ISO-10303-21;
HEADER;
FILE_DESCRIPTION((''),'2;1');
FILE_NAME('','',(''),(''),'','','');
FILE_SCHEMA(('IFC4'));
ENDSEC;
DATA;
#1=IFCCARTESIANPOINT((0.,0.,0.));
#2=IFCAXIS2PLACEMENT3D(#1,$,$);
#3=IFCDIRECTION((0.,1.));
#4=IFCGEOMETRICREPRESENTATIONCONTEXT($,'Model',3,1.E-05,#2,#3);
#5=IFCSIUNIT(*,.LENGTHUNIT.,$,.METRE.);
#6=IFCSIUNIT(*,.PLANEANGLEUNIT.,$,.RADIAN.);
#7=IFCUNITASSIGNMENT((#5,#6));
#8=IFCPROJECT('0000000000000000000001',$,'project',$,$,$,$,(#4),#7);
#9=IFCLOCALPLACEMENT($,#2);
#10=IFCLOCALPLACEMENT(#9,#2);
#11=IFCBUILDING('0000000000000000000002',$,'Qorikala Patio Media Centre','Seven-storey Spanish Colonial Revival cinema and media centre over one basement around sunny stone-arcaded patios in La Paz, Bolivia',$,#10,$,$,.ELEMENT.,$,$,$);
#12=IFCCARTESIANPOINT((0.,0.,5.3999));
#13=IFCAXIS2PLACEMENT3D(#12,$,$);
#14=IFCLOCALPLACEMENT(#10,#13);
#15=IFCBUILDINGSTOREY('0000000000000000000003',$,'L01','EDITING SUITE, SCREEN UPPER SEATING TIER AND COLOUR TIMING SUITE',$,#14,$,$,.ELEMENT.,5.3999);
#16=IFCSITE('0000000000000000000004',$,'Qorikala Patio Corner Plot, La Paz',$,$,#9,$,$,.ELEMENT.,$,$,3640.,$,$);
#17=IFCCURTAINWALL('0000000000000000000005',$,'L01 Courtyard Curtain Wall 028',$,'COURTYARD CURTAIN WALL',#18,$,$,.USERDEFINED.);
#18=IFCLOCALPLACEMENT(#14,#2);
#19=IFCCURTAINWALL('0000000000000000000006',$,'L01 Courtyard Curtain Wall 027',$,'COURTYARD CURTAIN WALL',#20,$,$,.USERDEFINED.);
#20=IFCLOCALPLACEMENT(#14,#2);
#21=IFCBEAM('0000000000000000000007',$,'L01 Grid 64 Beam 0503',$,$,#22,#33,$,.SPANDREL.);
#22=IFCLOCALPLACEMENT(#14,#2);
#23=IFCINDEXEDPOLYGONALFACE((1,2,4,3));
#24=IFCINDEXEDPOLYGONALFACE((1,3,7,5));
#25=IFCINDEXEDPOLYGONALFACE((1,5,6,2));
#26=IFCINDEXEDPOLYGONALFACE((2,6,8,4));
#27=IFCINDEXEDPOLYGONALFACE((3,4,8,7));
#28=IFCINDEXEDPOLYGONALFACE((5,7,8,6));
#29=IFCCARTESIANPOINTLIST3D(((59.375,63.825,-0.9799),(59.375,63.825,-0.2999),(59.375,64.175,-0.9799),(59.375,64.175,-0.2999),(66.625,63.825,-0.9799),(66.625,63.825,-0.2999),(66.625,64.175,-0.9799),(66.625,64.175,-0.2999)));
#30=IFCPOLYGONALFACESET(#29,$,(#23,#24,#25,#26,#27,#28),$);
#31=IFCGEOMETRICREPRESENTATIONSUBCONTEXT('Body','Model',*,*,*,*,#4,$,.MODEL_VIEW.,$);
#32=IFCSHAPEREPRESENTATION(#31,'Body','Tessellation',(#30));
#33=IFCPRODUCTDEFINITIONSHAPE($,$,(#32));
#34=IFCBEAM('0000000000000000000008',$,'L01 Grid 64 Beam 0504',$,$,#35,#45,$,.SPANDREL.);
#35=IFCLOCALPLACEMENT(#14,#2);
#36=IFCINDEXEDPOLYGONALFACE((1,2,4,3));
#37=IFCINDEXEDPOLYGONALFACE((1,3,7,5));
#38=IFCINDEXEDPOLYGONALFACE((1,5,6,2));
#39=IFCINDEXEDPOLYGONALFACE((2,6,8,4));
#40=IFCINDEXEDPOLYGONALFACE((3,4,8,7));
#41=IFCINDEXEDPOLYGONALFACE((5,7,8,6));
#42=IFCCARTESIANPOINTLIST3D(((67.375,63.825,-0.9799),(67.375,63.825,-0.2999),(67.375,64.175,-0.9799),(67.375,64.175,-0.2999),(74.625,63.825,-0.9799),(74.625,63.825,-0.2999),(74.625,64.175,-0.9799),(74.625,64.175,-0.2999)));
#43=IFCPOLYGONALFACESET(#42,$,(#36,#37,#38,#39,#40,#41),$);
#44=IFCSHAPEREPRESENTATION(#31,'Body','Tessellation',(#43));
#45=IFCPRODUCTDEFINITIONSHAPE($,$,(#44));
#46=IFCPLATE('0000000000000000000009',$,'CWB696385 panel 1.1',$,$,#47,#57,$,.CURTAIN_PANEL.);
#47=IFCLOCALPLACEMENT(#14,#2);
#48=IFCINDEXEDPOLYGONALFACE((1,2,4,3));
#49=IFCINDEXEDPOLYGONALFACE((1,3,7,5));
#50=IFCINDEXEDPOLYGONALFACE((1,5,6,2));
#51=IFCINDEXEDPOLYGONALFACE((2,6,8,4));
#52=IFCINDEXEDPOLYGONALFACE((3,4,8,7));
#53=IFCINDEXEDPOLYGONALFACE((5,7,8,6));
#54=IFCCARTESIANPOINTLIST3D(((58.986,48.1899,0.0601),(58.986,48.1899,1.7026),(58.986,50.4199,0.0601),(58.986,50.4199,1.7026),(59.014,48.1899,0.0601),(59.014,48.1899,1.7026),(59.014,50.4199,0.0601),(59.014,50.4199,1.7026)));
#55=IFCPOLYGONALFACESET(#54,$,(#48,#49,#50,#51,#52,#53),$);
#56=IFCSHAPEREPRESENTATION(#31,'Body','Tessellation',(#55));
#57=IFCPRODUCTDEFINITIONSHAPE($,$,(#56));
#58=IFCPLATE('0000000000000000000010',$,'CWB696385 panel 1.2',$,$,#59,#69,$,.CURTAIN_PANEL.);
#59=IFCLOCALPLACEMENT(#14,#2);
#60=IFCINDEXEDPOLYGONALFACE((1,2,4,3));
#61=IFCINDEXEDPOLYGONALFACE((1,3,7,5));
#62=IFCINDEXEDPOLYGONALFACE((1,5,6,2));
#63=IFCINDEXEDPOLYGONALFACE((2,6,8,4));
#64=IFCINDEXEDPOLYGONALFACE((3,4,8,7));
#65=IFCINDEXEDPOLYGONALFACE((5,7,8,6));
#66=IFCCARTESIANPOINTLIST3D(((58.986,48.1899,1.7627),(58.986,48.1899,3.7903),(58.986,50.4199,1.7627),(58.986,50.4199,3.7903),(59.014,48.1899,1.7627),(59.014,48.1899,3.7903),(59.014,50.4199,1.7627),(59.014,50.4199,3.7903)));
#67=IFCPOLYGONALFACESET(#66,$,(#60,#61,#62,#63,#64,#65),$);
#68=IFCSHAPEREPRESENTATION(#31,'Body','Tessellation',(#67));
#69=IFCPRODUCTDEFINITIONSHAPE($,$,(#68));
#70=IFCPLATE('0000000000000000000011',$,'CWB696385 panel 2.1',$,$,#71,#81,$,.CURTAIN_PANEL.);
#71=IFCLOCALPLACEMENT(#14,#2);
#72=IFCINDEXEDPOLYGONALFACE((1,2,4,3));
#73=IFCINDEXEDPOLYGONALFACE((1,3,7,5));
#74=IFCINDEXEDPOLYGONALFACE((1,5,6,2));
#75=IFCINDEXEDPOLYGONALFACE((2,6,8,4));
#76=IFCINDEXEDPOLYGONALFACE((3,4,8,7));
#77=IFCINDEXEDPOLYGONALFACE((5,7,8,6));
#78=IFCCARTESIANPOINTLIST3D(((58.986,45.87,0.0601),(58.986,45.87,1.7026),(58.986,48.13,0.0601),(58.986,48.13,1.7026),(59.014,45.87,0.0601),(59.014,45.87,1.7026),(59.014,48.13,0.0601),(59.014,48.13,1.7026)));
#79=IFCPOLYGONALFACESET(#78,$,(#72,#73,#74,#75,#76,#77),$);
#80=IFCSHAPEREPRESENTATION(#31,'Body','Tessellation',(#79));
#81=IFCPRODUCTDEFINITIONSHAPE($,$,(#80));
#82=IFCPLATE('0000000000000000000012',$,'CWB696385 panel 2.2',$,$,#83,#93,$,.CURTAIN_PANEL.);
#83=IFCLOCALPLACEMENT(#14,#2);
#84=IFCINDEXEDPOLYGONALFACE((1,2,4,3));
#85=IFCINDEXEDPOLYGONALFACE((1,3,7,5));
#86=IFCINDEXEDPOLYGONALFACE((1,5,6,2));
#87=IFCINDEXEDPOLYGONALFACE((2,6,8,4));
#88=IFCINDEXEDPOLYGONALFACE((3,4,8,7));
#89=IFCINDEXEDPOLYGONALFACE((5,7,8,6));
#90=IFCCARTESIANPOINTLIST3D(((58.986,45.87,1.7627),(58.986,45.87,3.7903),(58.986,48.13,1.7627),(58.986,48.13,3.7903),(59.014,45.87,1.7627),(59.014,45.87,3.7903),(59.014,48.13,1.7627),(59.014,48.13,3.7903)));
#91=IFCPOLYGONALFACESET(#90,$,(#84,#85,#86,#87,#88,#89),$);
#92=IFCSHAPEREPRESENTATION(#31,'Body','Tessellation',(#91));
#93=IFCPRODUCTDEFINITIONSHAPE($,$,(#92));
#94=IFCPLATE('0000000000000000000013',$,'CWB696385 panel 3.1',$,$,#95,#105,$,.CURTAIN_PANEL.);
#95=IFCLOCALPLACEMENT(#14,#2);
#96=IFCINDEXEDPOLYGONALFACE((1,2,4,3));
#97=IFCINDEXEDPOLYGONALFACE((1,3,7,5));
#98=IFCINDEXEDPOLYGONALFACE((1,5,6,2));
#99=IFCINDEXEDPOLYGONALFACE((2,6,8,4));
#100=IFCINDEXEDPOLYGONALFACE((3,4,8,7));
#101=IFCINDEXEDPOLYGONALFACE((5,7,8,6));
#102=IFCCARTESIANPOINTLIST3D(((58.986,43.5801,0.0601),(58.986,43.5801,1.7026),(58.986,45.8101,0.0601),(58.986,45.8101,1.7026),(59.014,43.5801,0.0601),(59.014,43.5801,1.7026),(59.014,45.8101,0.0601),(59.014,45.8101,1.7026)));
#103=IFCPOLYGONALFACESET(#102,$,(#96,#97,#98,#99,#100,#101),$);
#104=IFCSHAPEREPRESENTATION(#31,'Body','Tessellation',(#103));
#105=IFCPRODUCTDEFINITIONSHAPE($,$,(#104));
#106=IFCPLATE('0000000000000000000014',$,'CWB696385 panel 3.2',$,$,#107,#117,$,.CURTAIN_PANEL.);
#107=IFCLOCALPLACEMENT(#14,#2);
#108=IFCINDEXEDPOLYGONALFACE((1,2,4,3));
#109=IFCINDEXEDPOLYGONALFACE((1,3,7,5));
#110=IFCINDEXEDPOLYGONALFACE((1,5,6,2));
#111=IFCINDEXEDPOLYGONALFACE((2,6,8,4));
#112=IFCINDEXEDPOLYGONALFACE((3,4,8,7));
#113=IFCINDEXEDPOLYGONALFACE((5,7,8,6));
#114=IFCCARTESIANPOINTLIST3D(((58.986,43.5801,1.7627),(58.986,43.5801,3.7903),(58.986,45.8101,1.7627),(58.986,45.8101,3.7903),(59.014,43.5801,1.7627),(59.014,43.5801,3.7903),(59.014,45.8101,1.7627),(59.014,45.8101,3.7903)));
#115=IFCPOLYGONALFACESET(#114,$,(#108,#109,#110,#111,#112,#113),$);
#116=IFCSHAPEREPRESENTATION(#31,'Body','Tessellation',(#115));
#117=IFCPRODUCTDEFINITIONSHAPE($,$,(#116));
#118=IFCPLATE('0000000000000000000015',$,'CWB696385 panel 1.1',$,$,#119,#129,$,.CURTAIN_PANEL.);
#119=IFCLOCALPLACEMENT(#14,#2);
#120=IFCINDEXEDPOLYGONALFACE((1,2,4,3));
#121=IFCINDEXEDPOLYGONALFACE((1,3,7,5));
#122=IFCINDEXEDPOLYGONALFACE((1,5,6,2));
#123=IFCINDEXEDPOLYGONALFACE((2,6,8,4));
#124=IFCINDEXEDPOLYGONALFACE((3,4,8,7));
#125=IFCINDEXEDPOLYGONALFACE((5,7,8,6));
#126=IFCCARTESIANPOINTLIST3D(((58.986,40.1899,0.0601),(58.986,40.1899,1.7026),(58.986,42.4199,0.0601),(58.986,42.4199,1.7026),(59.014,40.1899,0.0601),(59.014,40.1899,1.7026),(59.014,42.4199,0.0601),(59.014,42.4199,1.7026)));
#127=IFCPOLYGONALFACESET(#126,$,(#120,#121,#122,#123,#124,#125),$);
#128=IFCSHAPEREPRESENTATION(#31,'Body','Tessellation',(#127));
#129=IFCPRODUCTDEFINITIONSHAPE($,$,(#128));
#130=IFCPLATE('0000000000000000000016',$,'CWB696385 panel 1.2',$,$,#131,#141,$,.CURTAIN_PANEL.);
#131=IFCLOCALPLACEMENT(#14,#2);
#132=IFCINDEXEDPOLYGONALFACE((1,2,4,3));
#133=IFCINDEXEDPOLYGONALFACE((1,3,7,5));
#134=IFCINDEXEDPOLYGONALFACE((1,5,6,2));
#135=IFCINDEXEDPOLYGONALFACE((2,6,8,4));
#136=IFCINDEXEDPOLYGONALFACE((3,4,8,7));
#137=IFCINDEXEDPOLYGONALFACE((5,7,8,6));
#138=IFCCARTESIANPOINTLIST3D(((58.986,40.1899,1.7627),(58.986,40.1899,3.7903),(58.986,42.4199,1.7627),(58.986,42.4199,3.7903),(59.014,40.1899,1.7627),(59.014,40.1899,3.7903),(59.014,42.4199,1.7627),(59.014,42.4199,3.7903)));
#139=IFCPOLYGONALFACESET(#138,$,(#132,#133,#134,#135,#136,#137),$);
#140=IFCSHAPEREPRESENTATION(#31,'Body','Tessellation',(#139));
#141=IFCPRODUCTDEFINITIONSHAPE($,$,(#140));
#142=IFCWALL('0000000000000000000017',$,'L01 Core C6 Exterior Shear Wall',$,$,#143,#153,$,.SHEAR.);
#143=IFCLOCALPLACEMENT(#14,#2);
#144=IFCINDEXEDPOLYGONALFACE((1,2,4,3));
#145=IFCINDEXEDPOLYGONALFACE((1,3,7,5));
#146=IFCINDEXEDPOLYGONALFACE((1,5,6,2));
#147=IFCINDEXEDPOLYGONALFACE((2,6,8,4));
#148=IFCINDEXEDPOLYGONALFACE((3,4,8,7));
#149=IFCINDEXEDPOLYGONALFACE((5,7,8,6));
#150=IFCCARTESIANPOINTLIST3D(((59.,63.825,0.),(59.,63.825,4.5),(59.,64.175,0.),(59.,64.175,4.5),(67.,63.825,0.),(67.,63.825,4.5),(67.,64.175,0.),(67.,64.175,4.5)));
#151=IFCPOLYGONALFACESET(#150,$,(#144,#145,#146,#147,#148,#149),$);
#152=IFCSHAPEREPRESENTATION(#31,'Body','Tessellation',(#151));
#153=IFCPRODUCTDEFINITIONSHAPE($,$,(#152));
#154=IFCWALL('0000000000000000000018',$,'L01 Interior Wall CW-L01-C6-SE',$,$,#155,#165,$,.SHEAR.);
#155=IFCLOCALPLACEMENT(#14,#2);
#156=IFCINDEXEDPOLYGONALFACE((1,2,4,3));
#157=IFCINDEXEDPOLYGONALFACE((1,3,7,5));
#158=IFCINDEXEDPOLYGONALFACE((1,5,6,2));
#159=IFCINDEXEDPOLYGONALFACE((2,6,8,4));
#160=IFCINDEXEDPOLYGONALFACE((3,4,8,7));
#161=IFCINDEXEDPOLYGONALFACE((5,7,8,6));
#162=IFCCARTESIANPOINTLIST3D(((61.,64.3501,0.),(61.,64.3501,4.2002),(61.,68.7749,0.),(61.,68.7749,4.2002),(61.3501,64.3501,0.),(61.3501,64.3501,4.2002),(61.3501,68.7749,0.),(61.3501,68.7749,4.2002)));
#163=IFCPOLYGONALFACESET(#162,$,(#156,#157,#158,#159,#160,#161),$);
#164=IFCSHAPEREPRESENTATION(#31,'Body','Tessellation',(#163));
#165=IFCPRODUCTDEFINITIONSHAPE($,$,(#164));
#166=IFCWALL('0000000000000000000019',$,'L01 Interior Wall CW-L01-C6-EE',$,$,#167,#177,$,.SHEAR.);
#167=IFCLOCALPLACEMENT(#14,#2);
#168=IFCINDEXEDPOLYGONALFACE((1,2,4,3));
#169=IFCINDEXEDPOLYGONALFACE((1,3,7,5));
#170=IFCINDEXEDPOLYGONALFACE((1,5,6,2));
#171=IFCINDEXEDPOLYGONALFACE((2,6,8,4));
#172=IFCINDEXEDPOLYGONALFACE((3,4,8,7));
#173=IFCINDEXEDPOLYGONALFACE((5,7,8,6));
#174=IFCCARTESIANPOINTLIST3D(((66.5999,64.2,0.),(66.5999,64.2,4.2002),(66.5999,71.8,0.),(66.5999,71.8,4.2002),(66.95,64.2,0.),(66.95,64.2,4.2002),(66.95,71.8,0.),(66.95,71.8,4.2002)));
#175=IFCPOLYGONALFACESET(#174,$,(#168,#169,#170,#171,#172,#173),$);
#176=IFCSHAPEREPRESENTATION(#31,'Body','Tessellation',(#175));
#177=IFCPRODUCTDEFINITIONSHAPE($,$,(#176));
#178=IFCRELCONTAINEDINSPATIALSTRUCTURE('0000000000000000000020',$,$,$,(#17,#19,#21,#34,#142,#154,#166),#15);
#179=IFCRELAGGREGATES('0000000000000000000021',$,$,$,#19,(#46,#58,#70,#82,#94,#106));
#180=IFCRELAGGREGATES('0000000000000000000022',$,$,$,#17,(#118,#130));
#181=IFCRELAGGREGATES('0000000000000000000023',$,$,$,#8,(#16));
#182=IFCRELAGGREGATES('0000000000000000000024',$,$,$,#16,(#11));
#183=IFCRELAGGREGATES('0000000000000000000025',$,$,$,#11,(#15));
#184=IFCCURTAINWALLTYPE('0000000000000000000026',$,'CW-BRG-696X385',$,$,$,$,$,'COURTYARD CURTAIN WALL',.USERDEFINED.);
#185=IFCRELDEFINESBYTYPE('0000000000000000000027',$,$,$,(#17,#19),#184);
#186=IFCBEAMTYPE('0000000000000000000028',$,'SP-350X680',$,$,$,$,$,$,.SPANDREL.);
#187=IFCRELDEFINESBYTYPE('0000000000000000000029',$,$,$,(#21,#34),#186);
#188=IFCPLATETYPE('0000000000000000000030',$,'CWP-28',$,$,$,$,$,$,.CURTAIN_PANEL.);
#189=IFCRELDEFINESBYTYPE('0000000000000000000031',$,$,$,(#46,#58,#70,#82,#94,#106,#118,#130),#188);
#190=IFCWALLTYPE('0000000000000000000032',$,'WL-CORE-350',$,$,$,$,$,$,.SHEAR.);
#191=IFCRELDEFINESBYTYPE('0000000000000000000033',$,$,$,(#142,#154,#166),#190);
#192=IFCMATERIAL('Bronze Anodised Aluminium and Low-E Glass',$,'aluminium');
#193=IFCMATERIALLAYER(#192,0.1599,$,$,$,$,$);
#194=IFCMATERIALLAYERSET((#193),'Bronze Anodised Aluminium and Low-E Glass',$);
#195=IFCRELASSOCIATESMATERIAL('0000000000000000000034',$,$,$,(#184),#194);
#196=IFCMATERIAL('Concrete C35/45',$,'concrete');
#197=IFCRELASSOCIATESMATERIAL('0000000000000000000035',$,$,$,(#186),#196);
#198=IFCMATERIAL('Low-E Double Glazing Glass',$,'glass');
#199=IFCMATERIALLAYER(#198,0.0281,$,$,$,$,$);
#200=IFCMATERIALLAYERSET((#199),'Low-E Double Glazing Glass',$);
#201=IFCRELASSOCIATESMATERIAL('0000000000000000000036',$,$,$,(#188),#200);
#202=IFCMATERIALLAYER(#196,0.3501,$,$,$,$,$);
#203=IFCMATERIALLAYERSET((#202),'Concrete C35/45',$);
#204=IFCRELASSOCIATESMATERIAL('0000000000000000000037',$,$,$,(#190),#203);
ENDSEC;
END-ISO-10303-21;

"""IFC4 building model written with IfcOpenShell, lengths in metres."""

from ifc_helpers import new_model, si_unit, direction, frame, frame_2d, origin, origin_2d, place, context, subcontext, project, spatial, rectangle, extrude, material, layer, layer_set, material_profile, profile_set, type_object, element, aggregate, save


model = new_model("IFC4")

# Units and contexts
model_context = context("Model", 3, precision=1e-05, world=origin(), true_north=direction((0.0, 1.0)))
body_context = subcontext(model_context, "Body", "Model", "MODEL_VIEW")
ifc_project = project(units=[si_unit("LENGTHUNIT", "METRE"), si_unit("PLANEANGLEUNIT", "RADIAN")], contexts=[model_context])

# Site, building, storey
site_placement = place(None, origin())
site = spatial("IfcSite", under=ifc_project, at=site_placement, Name="Qorikala Patio Corner Plot, La Paz", CompositionType="ELEMENT", RefElevation=3640.0)
building_placement = place(site_placement, origin())
building = spatial("IfcBuilding", under=site, at=building_placement, Name="Qorikala Patio Media Centre", Description="Seven-storey Spanish Colonial Revival cinema and media centre over one basement around sunny stone-arcaded patios in La Paz, Bolivia", CompositionType="ELEMENT")
storey_placement = place(building_placement, frame((0.0, 0.0, 5.3999)))
storey = spatial("IfcBuildingStorey", under=building, at=storey_placement, Name="L01", Description="EDITING SUITE, SCREEN UPPER SEATING TIER AND COLOUR TIMING SUITE", CompositionType="ELEMENT", Elevation=5.3999)

# Shared definitions
ifc_material_1 = material(Name="Concrete C35/45", Category="concrete")

# Curtain walls
ifc_material_2 = material(Name="Bronze Anodised Aluminium and Low-E Glass", Category="aluminium")
ifc_layer_1 = layer(ifc_material_2, 0.1599)
ifc_layer_set_1 = layer_set([ifc_layer_1], Name="Bronze Anodised Aluminium and Low-E Glass")
curtain_wall_type = type_object("IfcCurtainWallType", Name="CW-BRG-696X385", ElementType="COURTYARD CURTAIN WALL", PredefinedType="USERDEFINED", material=ifc_layer_set_1)
curtain_wall_1_placement = place(storey_placement, origin())
curtain_wall_1 = element("IfcCurtainWall", 1, at=curtain_wall_1_placement, inside=storey, type_object=curtain_wall_type, Name="L01 Courtyard Curtain Wall 028", ObjectType="COURTYARD CURTAIN WALL", PredefinedType="USERDEFINED")
curtain_wall_2_placement = place(storey_placement, origin())
curtain_wall_2 = element("IfcCurtainWall", 2, at=curtain_wall_2_placement, inside=storey, type_object=curtain_wall_type, Name="L01 Courtyard Curtain Wall 027", ObjectType="COURTYARD CURTAIN WALL", PredefinedType="USERDEFINED")

# Beams
ifc_material_profile_1 = material_profile(ifc_material_1, rectangle(XDim=0.3501, YDim=0.6799, at=origin_2d()), Name="RC 350x680")
ifc_profile_set_1 = profile_set([ifc_material_profile_1], Name="Concrete C35/45")
beam_type_1 = type_object("IfcBeamType", Name="SP-350X680", PredefinedType="SPANDREL", material=ifc_profile_set_1)
for number, where, z_axis, x_axis, name in (
    (3, (59.375, 64.0, -0.6399), (1.0, 0.0, 0.0), (0.0, 1.0, 0.0), "L01 Grid 64 Beam 0503"),
    (4, (67.375, 64.0, -0.6399), (1.0, 0.0, 0.0), (0.0, 1.0, 0.0), "L01 Grid 64 Beam 0504"),
):
    element("IfcBeam", number, at=place(storey_placement, frame(where, z_axis=z_axis, x_axis=x_axis)), inside=storey, type_object=beam_type_1, Name=name, PredefinedType="SPANDREL", context=body_context, shape_type="SweptSolid", body=[
        extrude(rectangle(XDim=0.3501, YDim=0.6799, at=origin_2d()), origin(), (0.0, 0.0, 1.0), 7.25),
    ])

# Plates
ifc_material_3 = material(Name="Low-E Double Glazing Glass", Category="glass")
ifc_layer_2 = layer(ifc_material_3, 0.0281)
ifc_layer_set_2 = layer_set([ifc_layer_2], Name="Low-E Double Glazing Glass")
plate_type = type_object("IfcPlateType", Name="CWP-28", PredefinedType="CURTAIN_PANEL", material=ifc_layer_set_2)
plate_1_placement = place(storey_placement, frame((59.0, 49.3049, 0.0601), z_axis=(0.0, 0.0, 1.0), x_axis=(0.0, -1.0, 0.0)))
plate_1 = element("IfcPlate", 5, at=plate_1_placement, type_object=plate_type, Name="CWB696385 panel 1.1", PredefinedType="CURTAIN_PANEL", context=body_context, shape_type="SweptSolid", body=[
    extrude(rectangle(XDim=2.23, YDim=0.0281, at=origin_2d()), origin(), (0.0, 0.0, 1.0), 1.6426),
])
plate_2_placement = place(storey_placement, frame((59.0, 49.3049, 1.7627), z_axis=(0.0, 0.0, 1.0), x_axis=(0.0, -1.0, 0.0)))
plate_2 = element("IfcPlate", 6, at=plate_2_placement, type_object=plate_type, Name="CWB696385 panel 1.2", PredefinedType="CURTAIN_PANEL", context=body_context, shape_type="SweptSolid", body=[
    extrude(rectangle(XDim=2.23, YDim=0.0281, at=origin_2d()), origin(), (0.0, 0.0, 1.0), 2.0276),
])
plate_3_placement = place(storey_placement, frame((59.0, 47.0, 0.0601), z_axis=(0.0, 0.0, 1.0), x_axis=(0.0, -1.0, 0.0)))
plate_3 = element("IfcPlate", 7, at=plate_3_placement, type_object=plate_type, Name="CWB696385 panel 2.1", PredefinedType="CURTAIN_PANEL", context=body_context, shape_type="SweptSolid", body=[
    extrude(rectangle(XDim=2.26, YDim=0.0281, at=origin_2d()), origin(), (0.0, 0.0, 1.0), 1.6426),
])
plate_4_placement = place(storey_placement, frame((59.0, 47.0, 1.7627), z_axis=(0.0, 0.0, 1.0), x_axis=(0.0, -1.0, 0.0)))
plate_4 = element("IfcPlate", 8, at=plate_4_placement, type_object=plate_type, Name="CWB696385 panel 2.2", PredefinedType="CURTAIN_PANEL", context=body_context, shape_type="SweptSolid", body=[
    extrude(rectangle(XDim=2.26, YDim=0.0281, at=origin_2d()), origin(), (0.0, 0.0, 1.0), 2.0276),
])
plate_5_placement = place(storey_placement, frame((59.0, 44.6951, 0.0601), z_axis=(0.0, 0.0, 1.0), x_axis=(0.0, -1.0, 0.0)))
plate_5 = element("IfcPlate", 9, at=plate_5_placement, type_object=plate_type, Name="CWB696385 panel 3.1", PredefinedType="CURTAIN_PANEL", context=body_context, shape_type="SweptSolid", body=[
    extrude(rectangle(XDim=2.23, YDim=0.0281, at=origin_2d()), origin(), (0.0, 0.0, 1.0), 1.6426),
])
plate_6_placement = place(storey_placement, frame((59.0, 44.6951, 1.7627), z_axis=(0.0, 0.0, 1.0), x_axis=(0.0, -1.0, 0.0)))
plate_6 = element("IfcPlate", 10, at=plate_6_placement, type_object=plate_type, Name="CWB696385 panel 3.2", PredefinedType="CURTAIN_PANEL", context=body_context, shape_type="SweptSolid", body=[
    extrude(rectangle(XDim=2.23, YDim=0.0281, at=origin_2d()), origin(), (0.0, 0.0, 1.0), 2.0276),
])
aggregate(curtain_wall_2, [plate_1, plate_2, plate_3, plate_4, plate_5, plate_6])
plate_7_placement = place(storey_placement, frame((59.0, 41.3049, 0.0601), z_axis=(0.0, 0.0, 1.0), x_axis=(0.0, -1.0, 0.0)))
plate_7 = element("IfcPlate", 11, at=plate_7_placement, type_object=plate_type, Name="CWB696385 panel 1.1", PredefinedType="CURTAIN_PANEL", context=body_context, shape_type="SweptSolid", body=[
    extrude(rectangle(XDim=2.23, YDim=0.0281, at=origin_2d()), origin(), (0.0, 0.0, 1.0), 1.6426),
])
plate_8_placement = place(storey_placement, frame((59.0, 41.3049, 1.7627), z_axis=(0.0, 0.0, 1.0), x_axis=(0.0, -1.0, 0.0)))
plate_8 = element("IfcPlate", 12, at=plate_8_placement, type_object=plate_type, Name="CWB696385 panel 1.2", PredefinedType="CURTAIN_PANEL", context=body_context, shape_type="SweptSolid", body=[
    extrude(rectangle(XDim=2.23, YDim=0.0281, at=origin_2d()), origin(), (0.0, 0.0, 1.0), 2.0276),
])
aggregate(curtain_wall_1, [plate_7, plate_8])

# Walls
ifc_layer_3 = layer(ifc_material_1, 0.3501)
ifc_layer_set_3 = layer_set([ifc_layer_3], Name="Concrete C35/45")
wall_type_1 = type_object("IfcWallType", Name="WL-CORE-350", PredefinedType="SHEAR", material=ifc_layer_set_3)
wall_1_placement = place(storey_placement, frame((67.0, 64.0, 0.0), z_axis=(0.0, 0.0, 1.0), x_axis=(-1.0, 0.0, 0.0)))
element("IfcWall", 13, at=wall_1_placement, inside=storey, type_object=wall_type_1, Name="L01 Core C6 Exterior Shear Wall", PredefinedType="SHEAR", context=body_context, shape_type="SweptSolid", body=[
    extrude(rectangle(XDim=8.0, YDim=0.3501, at=frame_2d((4.0, 0.0))), origin(), (0.0, 0.0, 1.0), 4.5),
])
wall_2_placement = place(storey_placement, frame((61.175, 64.3501, 0.0), z_axis=(0.0, 0.0, 1.0), x_axis=(0.0, 1.0, 0.0)))
element("IfcWall", 14, at=wall_2_placement, inside=storey, type_object=wall_type_1, Name="L01 Interior Wall CW-L01-C6-SE", PredefinedType="SHEAR", context=body_context, shape_type="SweptSolid", body=[
    extrude(rectangle(XDim=4.4248, YDim=0.3501, at=frame_2d((2.2124, 0.0))), origin(), (0.0, 0.0, 1.0), 4.2002),
])
wall_3_placement = place(storey_placement, frame((66.7749, 64.2, 0.0), z_axis=(0.0, 0.0, 1.0), x_axis=(0.0, 1.0, 0.0)))
element("IfcWall", 15, at=wall_3_placement, inside=storey, type_object=wall_type_1, Name="L01 Interior Wall CW-L01-C6-EE", PredefinedType="SHEAR", context=body_context, shape_type="SweptSolid", body=[
    extrude(rectangle(XDim=7.6001, YDim=0.3501, at=frame_2d((3.8, 0.0))), origin(), (0.0, 0.0, 1.0), 4.2002),
])

save(model, "model.ifc")
